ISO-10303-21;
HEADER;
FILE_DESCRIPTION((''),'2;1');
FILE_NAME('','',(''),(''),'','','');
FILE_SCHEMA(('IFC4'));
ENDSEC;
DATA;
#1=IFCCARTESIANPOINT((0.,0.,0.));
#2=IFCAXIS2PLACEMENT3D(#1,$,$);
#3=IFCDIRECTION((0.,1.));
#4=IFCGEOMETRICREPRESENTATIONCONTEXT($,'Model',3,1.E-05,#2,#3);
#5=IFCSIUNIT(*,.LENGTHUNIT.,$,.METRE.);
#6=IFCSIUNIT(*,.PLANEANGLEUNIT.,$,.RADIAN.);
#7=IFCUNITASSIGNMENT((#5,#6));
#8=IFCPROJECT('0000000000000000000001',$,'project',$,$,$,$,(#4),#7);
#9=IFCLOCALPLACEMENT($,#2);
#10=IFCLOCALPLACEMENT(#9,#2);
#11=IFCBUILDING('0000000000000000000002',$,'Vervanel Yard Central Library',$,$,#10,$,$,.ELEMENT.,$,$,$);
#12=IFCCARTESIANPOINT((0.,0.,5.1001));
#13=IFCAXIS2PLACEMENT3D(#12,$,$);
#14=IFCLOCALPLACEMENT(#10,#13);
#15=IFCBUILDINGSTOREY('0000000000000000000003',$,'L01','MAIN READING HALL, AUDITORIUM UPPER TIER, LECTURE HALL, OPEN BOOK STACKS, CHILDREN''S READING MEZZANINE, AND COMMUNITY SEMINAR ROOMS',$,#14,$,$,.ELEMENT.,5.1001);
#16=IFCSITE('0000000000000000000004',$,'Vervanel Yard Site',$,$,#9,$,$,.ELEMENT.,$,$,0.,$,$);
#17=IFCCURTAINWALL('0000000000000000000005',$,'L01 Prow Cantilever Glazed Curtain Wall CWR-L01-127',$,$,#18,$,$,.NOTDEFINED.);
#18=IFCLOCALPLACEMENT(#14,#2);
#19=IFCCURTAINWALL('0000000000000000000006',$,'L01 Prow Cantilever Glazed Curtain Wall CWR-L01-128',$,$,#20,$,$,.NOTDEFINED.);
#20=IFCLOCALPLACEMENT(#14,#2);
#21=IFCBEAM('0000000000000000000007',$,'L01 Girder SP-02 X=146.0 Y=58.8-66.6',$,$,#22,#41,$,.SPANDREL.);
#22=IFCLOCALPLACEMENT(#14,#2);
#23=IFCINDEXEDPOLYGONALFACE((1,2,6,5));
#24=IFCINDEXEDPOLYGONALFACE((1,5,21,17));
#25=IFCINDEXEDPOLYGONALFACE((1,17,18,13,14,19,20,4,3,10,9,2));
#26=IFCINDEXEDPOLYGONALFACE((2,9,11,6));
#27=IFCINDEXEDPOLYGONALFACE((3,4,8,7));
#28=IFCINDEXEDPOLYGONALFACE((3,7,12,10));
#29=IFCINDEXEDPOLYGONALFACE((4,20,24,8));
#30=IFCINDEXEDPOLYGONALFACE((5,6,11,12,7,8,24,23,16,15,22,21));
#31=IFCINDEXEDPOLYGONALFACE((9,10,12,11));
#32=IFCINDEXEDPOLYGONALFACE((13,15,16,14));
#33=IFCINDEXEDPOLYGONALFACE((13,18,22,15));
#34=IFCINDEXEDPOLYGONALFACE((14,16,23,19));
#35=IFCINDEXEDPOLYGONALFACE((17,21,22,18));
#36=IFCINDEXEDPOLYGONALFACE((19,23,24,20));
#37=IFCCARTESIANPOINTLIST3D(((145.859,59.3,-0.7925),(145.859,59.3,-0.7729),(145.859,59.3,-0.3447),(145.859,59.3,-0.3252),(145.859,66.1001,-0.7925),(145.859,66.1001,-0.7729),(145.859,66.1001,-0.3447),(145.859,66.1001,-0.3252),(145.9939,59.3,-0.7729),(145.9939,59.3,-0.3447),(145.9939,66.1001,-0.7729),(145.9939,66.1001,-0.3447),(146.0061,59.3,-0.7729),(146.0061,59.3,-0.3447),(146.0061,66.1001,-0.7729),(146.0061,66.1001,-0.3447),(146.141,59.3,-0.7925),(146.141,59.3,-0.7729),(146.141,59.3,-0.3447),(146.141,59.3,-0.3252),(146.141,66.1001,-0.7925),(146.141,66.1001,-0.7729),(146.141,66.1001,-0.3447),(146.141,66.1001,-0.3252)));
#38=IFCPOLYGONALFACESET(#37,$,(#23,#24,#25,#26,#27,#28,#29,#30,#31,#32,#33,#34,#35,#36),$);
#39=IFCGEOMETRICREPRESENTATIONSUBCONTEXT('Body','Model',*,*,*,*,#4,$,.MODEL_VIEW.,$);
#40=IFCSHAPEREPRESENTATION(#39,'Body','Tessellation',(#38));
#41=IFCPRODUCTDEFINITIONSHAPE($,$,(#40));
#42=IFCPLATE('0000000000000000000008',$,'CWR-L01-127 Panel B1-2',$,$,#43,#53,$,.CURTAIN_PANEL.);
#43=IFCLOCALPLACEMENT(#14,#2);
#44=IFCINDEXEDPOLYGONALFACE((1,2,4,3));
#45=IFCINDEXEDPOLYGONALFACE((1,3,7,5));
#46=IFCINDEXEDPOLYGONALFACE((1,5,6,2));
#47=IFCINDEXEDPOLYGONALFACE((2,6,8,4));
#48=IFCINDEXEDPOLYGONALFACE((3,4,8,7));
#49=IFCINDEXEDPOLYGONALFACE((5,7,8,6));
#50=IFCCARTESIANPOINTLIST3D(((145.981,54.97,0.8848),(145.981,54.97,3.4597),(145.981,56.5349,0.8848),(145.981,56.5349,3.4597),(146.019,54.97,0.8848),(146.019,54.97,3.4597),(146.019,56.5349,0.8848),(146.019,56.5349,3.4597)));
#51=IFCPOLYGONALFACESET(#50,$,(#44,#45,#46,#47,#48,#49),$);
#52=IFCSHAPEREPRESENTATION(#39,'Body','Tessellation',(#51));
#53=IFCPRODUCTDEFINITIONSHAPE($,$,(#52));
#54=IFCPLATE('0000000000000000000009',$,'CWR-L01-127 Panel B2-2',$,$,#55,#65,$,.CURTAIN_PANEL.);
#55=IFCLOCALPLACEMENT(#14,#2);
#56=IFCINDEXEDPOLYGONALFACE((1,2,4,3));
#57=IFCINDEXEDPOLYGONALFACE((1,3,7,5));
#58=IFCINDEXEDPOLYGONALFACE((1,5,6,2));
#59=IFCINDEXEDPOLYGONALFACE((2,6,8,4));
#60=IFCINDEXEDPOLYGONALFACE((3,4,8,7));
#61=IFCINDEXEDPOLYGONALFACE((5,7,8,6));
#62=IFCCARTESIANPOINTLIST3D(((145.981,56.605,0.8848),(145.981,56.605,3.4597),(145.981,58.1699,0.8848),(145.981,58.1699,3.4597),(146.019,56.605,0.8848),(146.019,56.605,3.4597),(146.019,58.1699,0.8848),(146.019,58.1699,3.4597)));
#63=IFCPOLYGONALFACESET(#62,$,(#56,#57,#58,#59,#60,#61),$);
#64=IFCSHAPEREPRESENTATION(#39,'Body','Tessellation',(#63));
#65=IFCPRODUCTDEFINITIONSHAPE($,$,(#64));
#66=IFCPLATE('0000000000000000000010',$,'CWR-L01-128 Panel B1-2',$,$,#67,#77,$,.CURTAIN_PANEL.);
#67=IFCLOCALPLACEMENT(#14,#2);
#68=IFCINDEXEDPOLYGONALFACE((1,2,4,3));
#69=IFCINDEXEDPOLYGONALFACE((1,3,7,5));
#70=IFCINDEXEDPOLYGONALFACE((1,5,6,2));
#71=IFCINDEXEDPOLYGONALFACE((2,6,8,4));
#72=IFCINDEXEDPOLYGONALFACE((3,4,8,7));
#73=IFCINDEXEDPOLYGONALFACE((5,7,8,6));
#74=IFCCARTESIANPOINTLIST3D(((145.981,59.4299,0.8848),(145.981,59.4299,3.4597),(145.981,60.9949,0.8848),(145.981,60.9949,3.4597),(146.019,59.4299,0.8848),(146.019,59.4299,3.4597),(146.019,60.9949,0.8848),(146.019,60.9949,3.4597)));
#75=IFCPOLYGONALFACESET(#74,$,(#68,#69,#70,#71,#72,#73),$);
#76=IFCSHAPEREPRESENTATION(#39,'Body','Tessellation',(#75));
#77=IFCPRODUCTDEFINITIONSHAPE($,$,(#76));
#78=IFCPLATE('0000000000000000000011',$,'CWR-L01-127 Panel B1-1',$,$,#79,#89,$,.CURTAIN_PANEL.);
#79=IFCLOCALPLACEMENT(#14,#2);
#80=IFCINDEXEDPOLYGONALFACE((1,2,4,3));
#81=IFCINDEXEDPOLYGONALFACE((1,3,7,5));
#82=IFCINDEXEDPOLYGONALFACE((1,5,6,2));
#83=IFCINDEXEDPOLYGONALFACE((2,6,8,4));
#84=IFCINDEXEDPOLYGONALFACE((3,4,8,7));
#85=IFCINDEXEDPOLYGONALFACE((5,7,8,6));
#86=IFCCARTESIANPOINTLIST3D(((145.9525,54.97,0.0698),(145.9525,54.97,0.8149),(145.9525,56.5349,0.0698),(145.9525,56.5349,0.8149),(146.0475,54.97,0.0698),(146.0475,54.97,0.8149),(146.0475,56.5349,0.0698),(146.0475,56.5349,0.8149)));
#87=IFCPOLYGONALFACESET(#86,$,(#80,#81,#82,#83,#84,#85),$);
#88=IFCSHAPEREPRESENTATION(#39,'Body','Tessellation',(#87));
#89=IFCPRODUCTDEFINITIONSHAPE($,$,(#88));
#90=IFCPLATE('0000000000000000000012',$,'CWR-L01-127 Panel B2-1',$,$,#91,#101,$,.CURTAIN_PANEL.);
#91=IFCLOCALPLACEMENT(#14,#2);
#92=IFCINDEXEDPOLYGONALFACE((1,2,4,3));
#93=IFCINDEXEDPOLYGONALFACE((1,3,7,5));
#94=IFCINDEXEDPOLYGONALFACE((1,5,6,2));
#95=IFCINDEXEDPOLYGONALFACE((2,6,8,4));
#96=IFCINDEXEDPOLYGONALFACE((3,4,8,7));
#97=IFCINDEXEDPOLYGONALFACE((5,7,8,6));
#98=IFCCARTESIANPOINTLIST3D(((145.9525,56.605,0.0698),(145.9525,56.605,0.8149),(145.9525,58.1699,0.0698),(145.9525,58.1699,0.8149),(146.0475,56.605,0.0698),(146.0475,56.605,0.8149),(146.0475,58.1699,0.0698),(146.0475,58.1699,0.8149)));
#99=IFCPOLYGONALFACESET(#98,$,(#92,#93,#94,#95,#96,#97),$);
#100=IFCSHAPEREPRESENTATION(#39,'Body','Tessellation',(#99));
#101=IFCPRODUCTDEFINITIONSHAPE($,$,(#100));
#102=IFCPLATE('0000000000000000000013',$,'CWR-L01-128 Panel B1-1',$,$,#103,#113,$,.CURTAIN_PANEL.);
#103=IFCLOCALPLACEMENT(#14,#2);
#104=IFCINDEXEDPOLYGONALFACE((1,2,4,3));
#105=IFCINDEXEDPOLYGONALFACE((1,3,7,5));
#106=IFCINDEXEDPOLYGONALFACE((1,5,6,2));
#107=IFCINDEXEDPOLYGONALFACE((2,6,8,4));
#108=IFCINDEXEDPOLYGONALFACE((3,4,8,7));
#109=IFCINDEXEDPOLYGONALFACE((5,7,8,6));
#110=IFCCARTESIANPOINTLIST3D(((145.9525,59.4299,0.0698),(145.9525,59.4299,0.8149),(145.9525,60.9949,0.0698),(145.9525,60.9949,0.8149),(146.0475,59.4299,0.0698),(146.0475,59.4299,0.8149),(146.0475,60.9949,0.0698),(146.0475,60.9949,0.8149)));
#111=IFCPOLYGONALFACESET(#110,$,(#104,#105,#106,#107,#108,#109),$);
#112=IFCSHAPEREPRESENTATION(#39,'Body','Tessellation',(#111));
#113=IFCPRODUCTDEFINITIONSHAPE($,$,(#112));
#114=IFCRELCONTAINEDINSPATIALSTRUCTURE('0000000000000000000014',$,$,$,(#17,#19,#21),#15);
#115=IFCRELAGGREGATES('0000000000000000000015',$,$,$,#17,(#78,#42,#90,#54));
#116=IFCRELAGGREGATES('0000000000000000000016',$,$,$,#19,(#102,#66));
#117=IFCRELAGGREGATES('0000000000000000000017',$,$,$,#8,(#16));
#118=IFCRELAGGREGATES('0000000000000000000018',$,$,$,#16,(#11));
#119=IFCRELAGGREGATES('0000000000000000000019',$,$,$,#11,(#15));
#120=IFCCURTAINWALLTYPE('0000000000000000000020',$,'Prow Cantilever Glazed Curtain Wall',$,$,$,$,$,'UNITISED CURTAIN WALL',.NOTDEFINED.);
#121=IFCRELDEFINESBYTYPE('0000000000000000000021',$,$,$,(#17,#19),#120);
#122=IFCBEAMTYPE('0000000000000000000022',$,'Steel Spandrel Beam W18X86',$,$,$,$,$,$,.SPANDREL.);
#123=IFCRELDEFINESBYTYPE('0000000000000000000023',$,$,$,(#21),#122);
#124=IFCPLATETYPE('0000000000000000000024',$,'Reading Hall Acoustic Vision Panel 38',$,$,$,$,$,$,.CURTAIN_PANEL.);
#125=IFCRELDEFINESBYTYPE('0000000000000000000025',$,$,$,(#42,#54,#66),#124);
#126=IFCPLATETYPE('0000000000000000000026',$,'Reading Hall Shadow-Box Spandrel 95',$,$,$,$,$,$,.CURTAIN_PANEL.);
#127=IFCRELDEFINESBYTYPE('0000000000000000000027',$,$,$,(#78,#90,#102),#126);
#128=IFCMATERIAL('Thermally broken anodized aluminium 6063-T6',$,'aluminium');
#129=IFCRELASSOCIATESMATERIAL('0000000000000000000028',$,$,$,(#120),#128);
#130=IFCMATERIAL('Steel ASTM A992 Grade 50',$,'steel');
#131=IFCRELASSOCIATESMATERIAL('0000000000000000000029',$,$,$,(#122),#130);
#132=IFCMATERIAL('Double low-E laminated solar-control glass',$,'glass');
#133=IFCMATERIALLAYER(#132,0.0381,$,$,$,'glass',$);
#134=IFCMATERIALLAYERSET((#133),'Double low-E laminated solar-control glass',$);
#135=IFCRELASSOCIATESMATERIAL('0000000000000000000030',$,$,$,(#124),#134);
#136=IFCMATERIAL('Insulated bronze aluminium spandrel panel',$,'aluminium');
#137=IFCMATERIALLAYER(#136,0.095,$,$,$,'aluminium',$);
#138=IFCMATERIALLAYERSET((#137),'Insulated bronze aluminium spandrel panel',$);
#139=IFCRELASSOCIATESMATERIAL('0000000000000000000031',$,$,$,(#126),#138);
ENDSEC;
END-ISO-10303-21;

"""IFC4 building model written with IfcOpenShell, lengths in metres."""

from ifc_helpers import new_model, si_unit, direction, frame, origin, origin_2d, place, context, subcontext, project, spatial, rectangle, i_section, extrude, material, layer, layer_set, material_profile, profile_set, type_object, element, aggregate, save


model = new_model("IFC4")

# Units and contexts
model_context = context("Model", 3, precision=1e-05, world=origin(), true_north=direction((0.0, 1.0)))
body_context = subcontext(model_context, "Body", "Model", "MODEL_VIEW")
ifc_project = project(units=[si_unit("LENGTHUNIT", "METRE"), si_unit("PLANEANGLEUNIT", "RADIAN")], contexts=[model_context])

# Site, building, storey
site_placement = place(None, origin())
site = spatial("IfcSite", under=ifc_project, at=site_placement, Name="Vervanel Yard Site", CompositionType="ELEMENT", RefElevation=0.0)
building_placement = place(site_placement, origin())
building = spatial("IfcBuilding", under=site, at=building_placement, Name="Vervanel Yard Central Library", CompositionType="ELEMENT")
storey_placement = place(building_placement, frame((0.0, 0.0, 5.1001)))
storey = spatial("IfcBuildingStorey", under=building, at=storey_placement, Name="L01", Description="MAIN READING HALL, AUDITORIUM UPPER TIER, LECTURE HALL, OPEN BOOK STACKS, CHILDREN'S READING MEZZANINE, AND COMMUNITY SEMINAR ROOMS", CompositionType="ELEMENT", Elevation=5.1001)

# Curtain walls
ifc_material_1 = material(Name="Thermally broken anodized aluminium 6063-T6", Category="aluminium")
curtain_wall_type = type_object("IfcCurtainWallType", Name="Prow Cantilever Glazed Curtain Wall", ElementType="UNITISED CURTAIN WALL", PredefinedType="NOTDEFINED", material=ifc_material_1)
curtain_wall_1_placement = place(storey_placement, origin())
curtain_wall_1 = element("IfcCurtainWall", 1, at=curtain_wall_1_placement, inside=storey, type_object=curtain_wall_type, Name="L01 Prow Cantilever Glazed Curtain Wall CWR-L01-127", PredefinedType="NOTDEFINED")
curtain_wall_2_placement = place(storey_placement, origin())
curtain_wall_2 = element("IfcCurtainWall", 2, at=curtain_wall_2_placement, inside=storey, type_object=curtain_wall_type, Name="L01 Prow Cantilever Glazed Curtain Wall CWR-L01-128", PredefinedType="NOTDEFINED")

# Beam
ifc_material_2 = material(Name="Steel ASTM A992 Grade 50", Category="steel")
ifc_material_profile_1 = material_profile(ifc_material_2, i_section(OverallWidth=0.282, OverallDepth=0.4673, WebThickness=0.0122, FlangeThickness=0.0195, at=origin_2d()), Name="W18X86", Category="steel")
ifc_profile_set_1 = profile_set([ifc_material_profile_1], Name="Steel ASTM A992 Grade 50")
beam_type = type_object("IfcBeamType", Name="Steel Spandrel Beam W18X86", PredefinedType="SPANDREL", material=ifc_profile_set_1)
beam_placement = place(storey_placement, frame((146.0, 59.3, -0.5588), z_axis=(0.0, 1.0, 0.0), x_axis=(-1.0, 0.0, 0.0)))
element("IfcBeam", 3, at=beam_placement, inside=storey, type_object=beam_type, Name="L01 Girder SP-02 X=146.0 Y=58.8-66.6", PredefinedType="SPANDREL", context=body_context, shape_type="SweptSolid", body=[
    extrude(i_section(OverallWidth=0.282, OverallDepth=0.4673, WebThickness=0.0122, FlangeThickness=0.0195, at=origin_2d()), origin(), (0.0, 0.0, 1.0), 6.8),
])

# Plates
ifc_material_3 = material(Name="Double low-E laminated solar-control glass", Category="glass")
ifc_layer_1 = layer(ifc_material_3, 0.0381, Category="glass")
ifc_layer_set_1 = layer_set([ifc_layer_1], Name="Double low-E laminated solar-control glass")
plate_type_1 = type_object("IfcPlateType", Name="Reading Hall Acoustic Vision Panel 38", PredefinedType="CURTAIN_PANEL", material=ifc_layer_set_1)
plate_1_placement = place(storey_placement, frame((146.0, 55.7524, 0.8848), z_axis=(0.0, 0.0, 1.0), x_axis=(0.0, 1.0, 0.0)))
plate_1 = element("IfcPlate", 4, at=plate_1_placement, type_object=plate_type_1, Name="CWR-L01-127 Panel B1-2", PredefinedType="CURTAIN_PANEL", context=body_context, shape_type="SweptSolid", body=[
    extrude(rectangle(XDim=1.5649, YDim=0.0381, at=origin_2d()), origin(), (0.0, 0.0, 1.0), 2.575),
])
plate_2_placement = place(storey_placement, frame((146.0, 57.3875, 0.8848), z_axis=(0.0, 0.0, 1.0), x_axis=(0.0, 1.0, 0.0)))
plate_2 = element("IfcPlate", 5, at=plate_2_placement, type_object=plate_type_1, Name="CWR-L01-127 Panel B2-2", PredefinedType="CURTAIN_PANEL", context=body_context, shape_type="SweptSolid", body=[
    extrude(rectangle(XDim=1.5649, YDim=0.0381, at=origin_2d()), origin(), (0.0, 0.0, 1.0), 2.575),
])
plate_3_placement = place(storey_placement, frame((146.0, 60.2124, 0.8848), z_axis=(0.0, 0.0, 1.0), x_axis=(0.0, 1.0, 0.0)))
plate_3 = element("IfcPlate", 6, at=plate_3_placement, type_object=plate_type_1, Name="CWR-L01-128 Panel B1-2", PredefinedType="CURTAIN_PANEL", context=body_context, shape_type="SweptSolid", body=[
    extrude(rectangle(XDim=1.5649, YDim=0.0381, at=origin_2d()), origin(), (0.0, 0.0, 1.0), 2.575),
])
ifc_material_4 = material(Name="Insulated bronze aluminium spandrel panel", Category="aluminium")
ifc_layer_2 = layer(ifc_material_4, 0.095, Category="aluminium")
ifc_layer_set_2 = layer_set([ifc_layer_2], Name="Insulated bronze aluminium spandrel panel")
plate_type_2 = type_object("IfcPlateType", Name="Reading Hall Shadow-Box Spandrel 95", PredefinedType="CURTAIN_PANEL", material=ifc_layer_set_2)
plate_4_placement = place(storey_placement, frame((146.0, 55.7524, 0.0698), z_axis=(0.0, 0.0, 1.0), x_axis=(0.0, 1.0, 0.0)))
plate_4 = element("IfcPlate", 7, at=plate_4_placement, type_object=plate_type_2, Name="CWR-L01-127 Panel B1-1", PredefinedType="CURTAIN_PANEL", context=body_context, shape_type="SweptSolid", body=[
    extrude(rectangle(XDim=1.5649, YDim=0.095, at=origin_2d()), origin(), (0.0, 0.0, 1.0), 0.7451),
])
plate_5_placement = place(storey_placement, frame((146.0, 57.3875, 0.0698), z_axis=(0.0, 0.0, 1.0), x_axis=(0.0, 1.0, 0.0)))
plate_5 = element("IfcPlate", 8, at=plate_5_placement, type_object=plate_type_2, Name="CWR-L01-127 Panel B2-1", PredefinedType="CURTAIN_PANEL", context=body_context, shape_type="SweptSolid", body=[
    extrude(rectangle(XDim=1.5649, YDim=0.095, at=origin_2d()), origin(), (0.0, 0.0, 1.0), 0.7451),
])
aggregate(curtain_wall_1, [plate_4, plate_1, plate_5, plate_2])
plate_6_placement = place(storey_placement, frame((146.0, 60.2124, 0.0698), z_axis=(0.0, 0.0, 1.0), x_axis=(0.0, 1.0, 0.0)))
plate_6 = element("IfcPlate", 9, at=plate_6_placement, type_object=plate_type_2, Name="CWR-L01-128 Panel B1-1", PredefinedType="CURTAIN_PANEL", context=body_context, shape_type="SweptSolid", body=[
    extrude(rectangle(XDim=1.5649, YDim=0.095, at=origin_2d()), origin(), (0.0, 0.0, 1.0), 0.7451),
])
aggregate(curtain_wall_2, [plate_6, plate_3])

save(model, "model.ifc")
